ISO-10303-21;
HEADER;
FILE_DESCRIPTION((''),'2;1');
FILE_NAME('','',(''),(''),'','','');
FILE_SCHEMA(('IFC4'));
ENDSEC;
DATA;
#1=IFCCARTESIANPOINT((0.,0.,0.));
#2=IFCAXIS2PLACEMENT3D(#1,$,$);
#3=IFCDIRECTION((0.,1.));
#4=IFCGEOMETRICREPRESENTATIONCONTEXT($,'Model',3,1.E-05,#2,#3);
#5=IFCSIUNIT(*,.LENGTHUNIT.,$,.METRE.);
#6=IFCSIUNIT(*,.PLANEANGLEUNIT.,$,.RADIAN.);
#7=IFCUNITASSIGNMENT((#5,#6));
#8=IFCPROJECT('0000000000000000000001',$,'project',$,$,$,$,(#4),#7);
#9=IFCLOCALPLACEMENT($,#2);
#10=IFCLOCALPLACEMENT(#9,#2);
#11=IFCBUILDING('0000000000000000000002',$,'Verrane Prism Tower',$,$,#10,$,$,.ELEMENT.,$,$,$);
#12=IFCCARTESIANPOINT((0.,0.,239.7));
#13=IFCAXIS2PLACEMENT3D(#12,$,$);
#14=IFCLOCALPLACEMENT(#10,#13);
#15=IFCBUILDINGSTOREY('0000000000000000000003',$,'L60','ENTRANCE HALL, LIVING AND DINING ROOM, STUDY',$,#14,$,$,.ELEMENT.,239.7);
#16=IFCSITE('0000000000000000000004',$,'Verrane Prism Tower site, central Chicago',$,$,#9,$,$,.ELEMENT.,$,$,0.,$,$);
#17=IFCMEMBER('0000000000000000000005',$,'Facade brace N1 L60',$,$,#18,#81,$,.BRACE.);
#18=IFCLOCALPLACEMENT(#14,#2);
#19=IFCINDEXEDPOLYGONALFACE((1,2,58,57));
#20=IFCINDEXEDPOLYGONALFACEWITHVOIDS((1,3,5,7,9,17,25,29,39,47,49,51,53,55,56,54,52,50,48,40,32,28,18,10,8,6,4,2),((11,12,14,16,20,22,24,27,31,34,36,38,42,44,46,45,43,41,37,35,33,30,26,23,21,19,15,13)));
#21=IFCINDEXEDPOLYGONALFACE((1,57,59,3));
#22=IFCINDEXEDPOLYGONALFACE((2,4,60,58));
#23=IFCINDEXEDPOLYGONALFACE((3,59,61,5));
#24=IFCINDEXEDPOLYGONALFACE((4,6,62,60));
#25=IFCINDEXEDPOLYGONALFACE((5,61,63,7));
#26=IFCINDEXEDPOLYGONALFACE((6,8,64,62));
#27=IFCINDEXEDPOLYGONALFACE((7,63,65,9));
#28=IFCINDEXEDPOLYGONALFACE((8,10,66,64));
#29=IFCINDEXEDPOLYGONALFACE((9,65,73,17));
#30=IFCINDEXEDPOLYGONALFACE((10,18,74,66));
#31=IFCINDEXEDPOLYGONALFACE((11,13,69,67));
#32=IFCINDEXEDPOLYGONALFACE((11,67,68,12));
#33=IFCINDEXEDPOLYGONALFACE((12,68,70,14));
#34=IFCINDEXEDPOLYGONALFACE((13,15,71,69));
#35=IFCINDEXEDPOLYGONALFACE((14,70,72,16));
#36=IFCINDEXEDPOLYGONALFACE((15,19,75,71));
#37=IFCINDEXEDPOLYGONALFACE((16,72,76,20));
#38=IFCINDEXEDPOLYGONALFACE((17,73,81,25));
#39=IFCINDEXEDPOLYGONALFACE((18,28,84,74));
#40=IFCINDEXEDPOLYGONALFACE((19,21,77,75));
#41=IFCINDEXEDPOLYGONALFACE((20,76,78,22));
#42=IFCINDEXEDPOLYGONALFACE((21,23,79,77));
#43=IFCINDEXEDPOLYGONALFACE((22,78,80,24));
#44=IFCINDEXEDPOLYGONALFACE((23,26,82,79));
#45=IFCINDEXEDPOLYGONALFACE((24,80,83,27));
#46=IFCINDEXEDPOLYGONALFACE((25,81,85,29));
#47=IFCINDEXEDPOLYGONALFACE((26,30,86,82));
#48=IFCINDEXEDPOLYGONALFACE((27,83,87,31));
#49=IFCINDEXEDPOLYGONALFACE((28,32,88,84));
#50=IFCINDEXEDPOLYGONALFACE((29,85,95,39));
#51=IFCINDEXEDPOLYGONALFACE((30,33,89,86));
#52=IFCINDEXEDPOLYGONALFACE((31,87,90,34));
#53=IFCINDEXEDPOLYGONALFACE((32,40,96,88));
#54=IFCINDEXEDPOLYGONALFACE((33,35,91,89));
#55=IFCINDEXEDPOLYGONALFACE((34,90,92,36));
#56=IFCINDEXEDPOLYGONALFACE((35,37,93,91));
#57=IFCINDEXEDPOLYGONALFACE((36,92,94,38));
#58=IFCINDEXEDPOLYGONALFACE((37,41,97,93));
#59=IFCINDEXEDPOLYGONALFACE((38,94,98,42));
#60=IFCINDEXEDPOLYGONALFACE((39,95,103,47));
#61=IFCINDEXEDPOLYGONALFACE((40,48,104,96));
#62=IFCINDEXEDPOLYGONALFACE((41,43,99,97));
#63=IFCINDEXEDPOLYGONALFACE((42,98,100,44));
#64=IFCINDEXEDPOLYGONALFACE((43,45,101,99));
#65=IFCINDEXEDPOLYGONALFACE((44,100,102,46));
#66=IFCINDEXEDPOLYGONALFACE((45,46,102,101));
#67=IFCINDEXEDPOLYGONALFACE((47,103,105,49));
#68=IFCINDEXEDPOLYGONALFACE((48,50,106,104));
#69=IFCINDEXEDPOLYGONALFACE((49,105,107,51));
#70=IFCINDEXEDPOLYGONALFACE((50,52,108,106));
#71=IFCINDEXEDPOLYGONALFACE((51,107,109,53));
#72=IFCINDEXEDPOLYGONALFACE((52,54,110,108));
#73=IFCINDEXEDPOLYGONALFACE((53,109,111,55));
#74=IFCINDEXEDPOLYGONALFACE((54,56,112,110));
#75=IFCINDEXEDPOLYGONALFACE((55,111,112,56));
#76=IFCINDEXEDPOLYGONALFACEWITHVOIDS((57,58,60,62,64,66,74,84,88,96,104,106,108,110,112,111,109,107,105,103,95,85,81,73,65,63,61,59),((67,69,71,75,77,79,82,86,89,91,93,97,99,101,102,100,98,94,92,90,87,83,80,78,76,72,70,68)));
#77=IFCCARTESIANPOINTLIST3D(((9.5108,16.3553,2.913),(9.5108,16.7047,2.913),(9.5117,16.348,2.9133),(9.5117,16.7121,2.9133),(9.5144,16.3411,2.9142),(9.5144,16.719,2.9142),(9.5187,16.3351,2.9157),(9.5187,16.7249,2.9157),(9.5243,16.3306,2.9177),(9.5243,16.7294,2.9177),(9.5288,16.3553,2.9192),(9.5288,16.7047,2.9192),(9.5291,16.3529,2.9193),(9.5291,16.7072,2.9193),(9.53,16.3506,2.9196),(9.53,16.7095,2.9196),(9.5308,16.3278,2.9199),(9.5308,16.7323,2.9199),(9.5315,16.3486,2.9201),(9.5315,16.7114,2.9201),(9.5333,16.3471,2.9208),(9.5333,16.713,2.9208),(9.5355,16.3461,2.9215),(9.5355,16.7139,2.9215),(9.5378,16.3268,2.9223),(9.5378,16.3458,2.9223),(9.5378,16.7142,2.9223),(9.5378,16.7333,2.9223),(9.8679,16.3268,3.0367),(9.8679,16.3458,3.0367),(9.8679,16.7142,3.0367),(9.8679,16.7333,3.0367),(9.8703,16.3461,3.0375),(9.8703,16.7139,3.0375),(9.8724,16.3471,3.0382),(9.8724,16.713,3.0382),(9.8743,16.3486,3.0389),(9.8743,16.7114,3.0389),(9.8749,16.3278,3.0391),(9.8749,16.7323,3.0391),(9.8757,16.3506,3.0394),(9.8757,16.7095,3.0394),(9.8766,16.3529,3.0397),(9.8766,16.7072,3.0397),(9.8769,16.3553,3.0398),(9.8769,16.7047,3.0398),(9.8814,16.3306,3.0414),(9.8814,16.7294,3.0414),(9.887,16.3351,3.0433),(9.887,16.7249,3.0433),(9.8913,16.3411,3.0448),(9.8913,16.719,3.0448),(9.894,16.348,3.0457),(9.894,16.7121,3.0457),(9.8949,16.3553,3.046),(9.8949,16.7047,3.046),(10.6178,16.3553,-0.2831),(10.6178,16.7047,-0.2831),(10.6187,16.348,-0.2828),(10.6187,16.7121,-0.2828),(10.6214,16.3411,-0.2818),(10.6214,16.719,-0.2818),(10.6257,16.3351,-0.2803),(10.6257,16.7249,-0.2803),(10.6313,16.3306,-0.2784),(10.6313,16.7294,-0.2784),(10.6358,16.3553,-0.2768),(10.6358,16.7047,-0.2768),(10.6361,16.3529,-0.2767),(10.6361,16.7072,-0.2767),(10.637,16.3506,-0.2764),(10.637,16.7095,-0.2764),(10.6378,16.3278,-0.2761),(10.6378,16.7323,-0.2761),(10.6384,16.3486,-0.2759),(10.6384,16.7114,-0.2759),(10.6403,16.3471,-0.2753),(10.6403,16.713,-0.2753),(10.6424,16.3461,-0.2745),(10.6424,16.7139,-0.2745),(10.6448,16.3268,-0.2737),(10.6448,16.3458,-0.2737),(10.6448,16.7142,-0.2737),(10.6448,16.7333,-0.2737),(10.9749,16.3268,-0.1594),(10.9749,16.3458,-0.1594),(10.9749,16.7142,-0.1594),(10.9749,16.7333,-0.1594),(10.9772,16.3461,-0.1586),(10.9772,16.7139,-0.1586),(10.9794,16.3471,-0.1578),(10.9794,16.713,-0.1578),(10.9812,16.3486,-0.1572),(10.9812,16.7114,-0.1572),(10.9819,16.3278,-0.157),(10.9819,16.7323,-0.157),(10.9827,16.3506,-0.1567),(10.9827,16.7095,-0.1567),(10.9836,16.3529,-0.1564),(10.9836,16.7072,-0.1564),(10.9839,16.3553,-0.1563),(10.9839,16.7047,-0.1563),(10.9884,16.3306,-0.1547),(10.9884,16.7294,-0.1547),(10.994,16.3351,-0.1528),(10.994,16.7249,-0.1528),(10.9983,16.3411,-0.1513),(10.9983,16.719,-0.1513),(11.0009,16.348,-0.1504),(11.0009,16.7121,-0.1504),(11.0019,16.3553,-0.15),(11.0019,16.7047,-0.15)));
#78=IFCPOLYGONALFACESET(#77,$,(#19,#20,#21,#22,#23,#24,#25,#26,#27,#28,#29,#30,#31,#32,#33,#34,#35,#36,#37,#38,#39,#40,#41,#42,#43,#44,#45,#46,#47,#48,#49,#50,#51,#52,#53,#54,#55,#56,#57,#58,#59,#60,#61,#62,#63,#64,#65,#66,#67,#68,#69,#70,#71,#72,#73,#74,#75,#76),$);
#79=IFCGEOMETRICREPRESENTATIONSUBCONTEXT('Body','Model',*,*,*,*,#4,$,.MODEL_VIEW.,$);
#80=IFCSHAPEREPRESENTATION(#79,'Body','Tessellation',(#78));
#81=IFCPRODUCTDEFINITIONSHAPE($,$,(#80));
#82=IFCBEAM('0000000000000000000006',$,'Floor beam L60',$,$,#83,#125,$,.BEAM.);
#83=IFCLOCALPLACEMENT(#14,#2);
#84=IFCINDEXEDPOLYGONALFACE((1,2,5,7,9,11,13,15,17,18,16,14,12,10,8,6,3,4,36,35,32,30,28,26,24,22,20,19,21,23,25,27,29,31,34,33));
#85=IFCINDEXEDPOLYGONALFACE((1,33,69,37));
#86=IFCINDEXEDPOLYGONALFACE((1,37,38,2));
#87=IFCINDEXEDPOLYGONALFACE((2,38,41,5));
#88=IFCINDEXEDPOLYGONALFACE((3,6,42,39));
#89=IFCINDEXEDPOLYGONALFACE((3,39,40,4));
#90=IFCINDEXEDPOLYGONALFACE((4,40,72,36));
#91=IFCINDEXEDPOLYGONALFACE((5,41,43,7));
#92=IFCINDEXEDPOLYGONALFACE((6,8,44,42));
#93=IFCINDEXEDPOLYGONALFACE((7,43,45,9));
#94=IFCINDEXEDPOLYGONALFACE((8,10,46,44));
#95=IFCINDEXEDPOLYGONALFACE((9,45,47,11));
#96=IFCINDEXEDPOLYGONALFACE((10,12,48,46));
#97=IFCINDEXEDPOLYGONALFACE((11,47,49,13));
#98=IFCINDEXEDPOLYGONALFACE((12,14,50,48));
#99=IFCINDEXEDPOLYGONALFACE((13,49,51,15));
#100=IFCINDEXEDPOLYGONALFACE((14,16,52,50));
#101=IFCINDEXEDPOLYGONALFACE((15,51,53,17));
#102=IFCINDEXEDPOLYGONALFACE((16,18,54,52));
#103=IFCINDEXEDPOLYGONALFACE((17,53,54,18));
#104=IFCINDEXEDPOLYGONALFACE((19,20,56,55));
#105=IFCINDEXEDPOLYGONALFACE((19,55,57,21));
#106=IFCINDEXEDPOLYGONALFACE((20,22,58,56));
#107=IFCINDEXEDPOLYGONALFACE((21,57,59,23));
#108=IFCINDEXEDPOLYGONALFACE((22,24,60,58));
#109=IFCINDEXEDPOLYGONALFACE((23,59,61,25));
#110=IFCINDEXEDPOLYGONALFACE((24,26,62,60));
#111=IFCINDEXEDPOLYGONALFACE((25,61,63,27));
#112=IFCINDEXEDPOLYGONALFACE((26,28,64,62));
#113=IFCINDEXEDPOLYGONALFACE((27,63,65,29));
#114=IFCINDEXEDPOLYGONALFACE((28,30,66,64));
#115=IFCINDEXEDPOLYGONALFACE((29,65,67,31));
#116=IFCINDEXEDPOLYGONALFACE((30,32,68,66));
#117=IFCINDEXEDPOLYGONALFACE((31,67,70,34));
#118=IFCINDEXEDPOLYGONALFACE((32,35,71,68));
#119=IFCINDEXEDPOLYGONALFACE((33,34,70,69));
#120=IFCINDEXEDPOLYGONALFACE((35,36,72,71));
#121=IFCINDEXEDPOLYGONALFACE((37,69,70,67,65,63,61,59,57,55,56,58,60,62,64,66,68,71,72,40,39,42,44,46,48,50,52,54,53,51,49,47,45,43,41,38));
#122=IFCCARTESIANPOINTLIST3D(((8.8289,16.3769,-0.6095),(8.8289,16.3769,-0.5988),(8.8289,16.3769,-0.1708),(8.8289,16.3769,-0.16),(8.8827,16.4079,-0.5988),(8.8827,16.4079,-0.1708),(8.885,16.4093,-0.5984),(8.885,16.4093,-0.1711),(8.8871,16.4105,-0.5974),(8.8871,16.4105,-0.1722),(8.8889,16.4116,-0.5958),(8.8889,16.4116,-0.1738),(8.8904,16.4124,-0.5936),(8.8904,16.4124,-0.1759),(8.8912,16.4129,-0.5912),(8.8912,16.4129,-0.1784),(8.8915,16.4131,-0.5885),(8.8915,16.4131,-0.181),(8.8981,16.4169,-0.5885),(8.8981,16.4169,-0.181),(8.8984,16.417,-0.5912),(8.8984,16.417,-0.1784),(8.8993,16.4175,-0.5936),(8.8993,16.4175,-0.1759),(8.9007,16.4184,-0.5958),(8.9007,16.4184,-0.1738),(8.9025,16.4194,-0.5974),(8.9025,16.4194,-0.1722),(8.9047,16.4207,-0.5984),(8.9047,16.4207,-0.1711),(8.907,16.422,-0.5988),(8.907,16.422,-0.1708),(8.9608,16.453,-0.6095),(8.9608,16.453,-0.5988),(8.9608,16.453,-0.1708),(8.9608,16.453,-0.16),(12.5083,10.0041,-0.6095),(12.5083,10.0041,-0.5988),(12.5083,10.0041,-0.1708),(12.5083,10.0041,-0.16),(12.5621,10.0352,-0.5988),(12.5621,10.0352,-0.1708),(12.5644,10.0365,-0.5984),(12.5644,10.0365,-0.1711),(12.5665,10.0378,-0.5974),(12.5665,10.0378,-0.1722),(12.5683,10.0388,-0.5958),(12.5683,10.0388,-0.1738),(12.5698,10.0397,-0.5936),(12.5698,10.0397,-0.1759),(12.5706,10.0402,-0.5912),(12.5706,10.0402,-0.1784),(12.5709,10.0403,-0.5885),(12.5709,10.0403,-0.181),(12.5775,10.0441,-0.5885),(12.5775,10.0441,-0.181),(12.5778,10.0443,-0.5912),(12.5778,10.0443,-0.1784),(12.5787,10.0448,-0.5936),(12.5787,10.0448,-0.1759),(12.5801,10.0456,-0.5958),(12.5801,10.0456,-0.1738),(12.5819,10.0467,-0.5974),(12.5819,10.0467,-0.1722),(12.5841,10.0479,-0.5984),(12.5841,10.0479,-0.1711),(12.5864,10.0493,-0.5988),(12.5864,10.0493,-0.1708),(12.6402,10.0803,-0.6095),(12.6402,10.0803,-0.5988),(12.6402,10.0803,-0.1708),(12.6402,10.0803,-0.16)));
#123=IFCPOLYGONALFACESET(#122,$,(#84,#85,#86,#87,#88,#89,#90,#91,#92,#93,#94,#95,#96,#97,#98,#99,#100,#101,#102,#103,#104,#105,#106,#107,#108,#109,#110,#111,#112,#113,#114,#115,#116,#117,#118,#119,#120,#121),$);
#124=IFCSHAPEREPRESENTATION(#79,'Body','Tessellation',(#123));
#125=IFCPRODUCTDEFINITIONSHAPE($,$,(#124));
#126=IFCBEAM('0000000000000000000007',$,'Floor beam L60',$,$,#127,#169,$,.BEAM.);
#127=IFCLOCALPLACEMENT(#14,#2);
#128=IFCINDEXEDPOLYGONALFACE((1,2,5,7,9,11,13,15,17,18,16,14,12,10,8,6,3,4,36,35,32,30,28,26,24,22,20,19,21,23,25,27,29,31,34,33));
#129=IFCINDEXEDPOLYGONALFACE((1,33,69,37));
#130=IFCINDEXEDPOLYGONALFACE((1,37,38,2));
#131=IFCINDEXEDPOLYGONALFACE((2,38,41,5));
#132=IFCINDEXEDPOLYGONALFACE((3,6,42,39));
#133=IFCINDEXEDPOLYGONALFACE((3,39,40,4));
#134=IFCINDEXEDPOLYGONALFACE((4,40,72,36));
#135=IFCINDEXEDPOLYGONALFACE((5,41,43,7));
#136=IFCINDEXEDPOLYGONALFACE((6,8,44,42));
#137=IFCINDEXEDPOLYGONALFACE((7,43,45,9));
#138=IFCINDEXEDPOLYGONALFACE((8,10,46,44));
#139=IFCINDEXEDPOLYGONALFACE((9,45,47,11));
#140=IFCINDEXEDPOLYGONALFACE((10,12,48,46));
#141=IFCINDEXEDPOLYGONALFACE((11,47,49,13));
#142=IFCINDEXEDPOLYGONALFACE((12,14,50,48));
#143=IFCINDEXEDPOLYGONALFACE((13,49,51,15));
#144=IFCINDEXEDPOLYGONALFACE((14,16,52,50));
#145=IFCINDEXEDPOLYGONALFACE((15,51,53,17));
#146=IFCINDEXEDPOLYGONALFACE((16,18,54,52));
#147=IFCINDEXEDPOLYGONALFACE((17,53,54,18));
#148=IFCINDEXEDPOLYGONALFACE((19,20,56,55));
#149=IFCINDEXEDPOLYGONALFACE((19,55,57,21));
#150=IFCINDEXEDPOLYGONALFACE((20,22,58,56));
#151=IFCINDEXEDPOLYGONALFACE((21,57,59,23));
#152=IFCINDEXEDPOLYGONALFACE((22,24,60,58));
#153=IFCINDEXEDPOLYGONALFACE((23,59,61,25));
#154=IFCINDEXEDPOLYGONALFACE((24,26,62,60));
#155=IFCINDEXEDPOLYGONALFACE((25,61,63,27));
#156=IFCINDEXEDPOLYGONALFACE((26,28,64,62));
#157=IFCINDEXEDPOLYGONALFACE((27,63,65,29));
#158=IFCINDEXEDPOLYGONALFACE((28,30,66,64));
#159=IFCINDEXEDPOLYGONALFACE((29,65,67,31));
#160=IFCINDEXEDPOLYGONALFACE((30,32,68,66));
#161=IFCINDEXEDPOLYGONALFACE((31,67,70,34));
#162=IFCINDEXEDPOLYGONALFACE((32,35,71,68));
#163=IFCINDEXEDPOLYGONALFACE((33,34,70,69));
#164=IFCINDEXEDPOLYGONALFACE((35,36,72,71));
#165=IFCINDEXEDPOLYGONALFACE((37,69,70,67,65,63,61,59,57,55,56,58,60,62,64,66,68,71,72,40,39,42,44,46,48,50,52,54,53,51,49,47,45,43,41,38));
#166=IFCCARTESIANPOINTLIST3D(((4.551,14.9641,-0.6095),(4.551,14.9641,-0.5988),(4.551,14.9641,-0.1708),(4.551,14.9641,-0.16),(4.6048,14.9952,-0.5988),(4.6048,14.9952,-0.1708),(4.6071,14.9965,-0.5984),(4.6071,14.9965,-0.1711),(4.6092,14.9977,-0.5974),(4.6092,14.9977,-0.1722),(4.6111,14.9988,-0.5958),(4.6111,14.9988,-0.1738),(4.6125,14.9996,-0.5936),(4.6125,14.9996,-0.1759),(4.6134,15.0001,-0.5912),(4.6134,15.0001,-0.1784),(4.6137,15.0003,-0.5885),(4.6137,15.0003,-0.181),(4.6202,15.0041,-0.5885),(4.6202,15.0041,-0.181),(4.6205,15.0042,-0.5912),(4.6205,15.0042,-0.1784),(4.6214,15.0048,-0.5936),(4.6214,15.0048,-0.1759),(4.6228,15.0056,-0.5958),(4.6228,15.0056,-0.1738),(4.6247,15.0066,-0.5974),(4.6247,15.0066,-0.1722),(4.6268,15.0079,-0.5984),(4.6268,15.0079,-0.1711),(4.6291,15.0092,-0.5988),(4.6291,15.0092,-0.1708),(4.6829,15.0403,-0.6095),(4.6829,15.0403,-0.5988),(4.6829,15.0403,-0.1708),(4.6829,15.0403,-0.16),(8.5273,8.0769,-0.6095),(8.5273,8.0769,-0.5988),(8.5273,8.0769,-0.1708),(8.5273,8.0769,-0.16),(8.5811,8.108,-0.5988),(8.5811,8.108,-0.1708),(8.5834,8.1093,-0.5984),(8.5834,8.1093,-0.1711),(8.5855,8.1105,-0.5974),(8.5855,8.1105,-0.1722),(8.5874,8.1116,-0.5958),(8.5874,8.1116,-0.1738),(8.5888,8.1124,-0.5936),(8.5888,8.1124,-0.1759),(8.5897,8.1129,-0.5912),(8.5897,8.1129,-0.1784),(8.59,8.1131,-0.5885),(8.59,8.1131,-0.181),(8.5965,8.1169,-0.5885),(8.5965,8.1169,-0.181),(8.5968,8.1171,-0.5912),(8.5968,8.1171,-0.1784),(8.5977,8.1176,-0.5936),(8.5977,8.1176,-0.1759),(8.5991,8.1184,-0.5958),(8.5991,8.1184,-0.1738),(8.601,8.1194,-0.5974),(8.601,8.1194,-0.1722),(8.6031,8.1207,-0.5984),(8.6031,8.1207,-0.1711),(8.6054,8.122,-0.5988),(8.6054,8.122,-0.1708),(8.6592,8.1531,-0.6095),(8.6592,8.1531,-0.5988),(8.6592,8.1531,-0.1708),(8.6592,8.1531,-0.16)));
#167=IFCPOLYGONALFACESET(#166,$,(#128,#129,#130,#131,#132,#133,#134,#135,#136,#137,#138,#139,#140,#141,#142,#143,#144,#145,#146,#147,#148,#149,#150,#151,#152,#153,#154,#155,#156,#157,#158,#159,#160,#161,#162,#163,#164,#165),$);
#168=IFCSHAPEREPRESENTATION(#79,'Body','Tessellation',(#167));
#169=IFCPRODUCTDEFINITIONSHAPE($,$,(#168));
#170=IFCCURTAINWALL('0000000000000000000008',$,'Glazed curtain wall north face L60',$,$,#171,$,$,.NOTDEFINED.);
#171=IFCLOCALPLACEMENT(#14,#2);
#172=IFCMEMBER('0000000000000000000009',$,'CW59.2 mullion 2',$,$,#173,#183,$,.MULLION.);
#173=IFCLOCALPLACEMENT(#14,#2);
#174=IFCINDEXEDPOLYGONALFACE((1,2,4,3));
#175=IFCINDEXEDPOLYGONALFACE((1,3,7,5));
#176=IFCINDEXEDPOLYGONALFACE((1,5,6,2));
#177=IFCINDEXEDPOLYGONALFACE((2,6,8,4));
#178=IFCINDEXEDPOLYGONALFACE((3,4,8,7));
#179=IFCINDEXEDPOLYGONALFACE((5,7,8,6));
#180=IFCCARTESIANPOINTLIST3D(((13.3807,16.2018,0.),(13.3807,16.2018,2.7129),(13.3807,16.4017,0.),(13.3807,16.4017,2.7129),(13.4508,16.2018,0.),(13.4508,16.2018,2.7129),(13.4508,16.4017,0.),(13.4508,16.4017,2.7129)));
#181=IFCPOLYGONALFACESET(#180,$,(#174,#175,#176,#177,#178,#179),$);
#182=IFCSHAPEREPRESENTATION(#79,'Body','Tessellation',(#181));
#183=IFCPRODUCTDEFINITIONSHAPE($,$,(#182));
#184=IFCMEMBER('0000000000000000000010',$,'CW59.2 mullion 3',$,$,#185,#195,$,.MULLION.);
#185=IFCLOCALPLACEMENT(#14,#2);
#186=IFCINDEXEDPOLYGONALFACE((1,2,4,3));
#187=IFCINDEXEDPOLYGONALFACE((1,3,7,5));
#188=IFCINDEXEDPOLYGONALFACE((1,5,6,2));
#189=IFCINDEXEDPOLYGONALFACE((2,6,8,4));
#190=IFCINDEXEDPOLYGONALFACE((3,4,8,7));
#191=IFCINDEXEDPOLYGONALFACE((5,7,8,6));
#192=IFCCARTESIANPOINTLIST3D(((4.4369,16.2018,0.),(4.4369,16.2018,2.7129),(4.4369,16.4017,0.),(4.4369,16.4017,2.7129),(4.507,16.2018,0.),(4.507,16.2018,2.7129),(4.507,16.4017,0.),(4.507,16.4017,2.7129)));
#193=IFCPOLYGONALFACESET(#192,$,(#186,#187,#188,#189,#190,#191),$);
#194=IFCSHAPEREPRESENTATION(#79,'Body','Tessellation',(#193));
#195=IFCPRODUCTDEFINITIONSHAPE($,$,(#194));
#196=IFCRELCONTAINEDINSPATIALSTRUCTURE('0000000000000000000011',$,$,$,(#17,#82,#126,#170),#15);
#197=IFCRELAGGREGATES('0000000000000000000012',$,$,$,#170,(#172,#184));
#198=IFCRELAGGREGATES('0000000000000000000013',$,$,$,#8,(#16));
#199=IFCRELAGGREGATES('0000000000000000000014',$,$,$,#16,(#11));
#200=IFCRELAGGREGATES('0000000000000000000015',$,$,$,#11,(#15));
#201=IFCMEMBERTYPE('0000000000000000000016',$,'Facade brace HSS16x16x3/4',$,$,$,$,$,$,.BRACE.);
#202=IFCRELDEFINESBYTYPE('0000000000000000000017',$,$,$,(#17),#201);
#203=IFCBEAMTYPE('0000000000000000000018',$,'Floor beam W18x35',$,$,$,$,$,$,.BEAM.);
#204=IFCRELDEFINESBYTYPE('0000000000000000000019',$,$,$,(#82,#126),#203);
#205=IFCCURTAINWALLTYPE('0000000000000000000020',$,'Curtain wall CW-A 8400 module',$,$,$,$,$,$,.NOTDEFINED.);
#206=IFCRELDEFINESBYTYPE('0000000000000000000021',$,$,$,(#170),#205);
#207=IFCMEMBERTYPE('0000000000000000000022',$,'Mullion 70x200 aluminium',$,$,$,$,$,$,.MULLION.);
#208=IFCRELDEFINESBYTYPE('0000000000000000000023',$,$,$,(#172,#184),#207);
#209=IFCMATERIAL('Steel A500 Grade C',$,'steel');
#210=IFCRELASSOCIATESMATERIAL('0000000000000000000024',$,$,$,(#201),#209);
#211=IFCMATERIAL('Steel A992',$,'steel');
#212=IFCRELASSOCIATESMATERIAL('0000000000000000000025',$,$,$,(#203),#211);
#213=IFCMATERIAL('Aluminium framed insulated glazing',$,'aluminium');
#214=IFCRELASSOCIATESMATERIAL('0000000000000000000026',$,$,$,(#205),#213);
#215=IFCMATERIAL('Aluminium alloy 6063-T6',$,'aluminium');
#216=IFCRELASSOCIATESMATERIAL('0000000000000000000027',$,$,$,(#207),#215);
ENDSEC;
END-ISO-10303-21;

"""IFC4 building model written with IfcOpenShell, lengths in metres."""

from ifc_helpers import new_model, si_unit, direction, frame, origin, origin_2d, place, context, subcontext, project, spatial, rectangle, hollow_rectangle, i_section, extrude, material, material_profile, profile_set, type_object, element, aggregate, save


model = new_model("IFC4")

# Units and contexts
model_context = context("Model", 3, precision=1e-05, world=origin(), true_north=direction((0.0, 1.0)))
body_context = subcontext(model_context, "Body", "Model", "MODEL_VIEW")
ifc_project = project(units=[si_unit("LENGTHUNIT", "METRE"), si_unit("PLANEANGLEUNIT", "RADIAN")], contexts=[model_context])

# Site, building, storey
site_placement = place(None, origin())
site = spatial("IfcSite", under=ifc_project, at=site_placement, Name="Verrane Prism Tower site, central Chicago", CompositionType="ELEMENT", RefElevation=0.0)
building_placement = place(site_placement, origin())
building = spatial("IfcBuilding", under=site, at=building_placement, Name="Verrane Prism Tower", CompositionType="ELEMENT")
storey_placement = place(building_placement, frame((0.0, 0.0, 239.7)))
storey = spatial("IfcBuildingStorey", under=building, at=storey_placement, Name="L60", Description="ENTRANCE HALL, LIVING AND DINING ROOM, STUDY", CompositionType="ELEMENT", Elevation=239.7)

# Member
ifc_material_1 = material(Name="Steel A500 Grade C", Category="steel")
ifc_material_profile_1 = material_profile(ifc_material_1, hollow_rectangle(XDim=0.4065, YDim=0.4065, WallThickness=0.019, InnerFilletRadius=0.0095, OuterFilletRadius=0.0286, at=origin_2d()), Name="HSS16x16x3/4")
ifc_profile_set_1 = profile_set([ifc_material_profile_1], Name="Steel A500 Grade C")
member_type_1 = type_object("IfcMemberType", Name="Facade brace HSS16x16x3/4", PredefinedType="BRACE", material=ifc_profile_set_1)
member_1_placement = place(storey_placement, frame((10.8098, 16.53, -0.2166), z_axis=(-0.327272, 0.0, 0.94493), x_axis=(0.0, -1.0, 0.0)))
element("IfcMember", 1, at=member_1_placement, inside=storey, type_object=member_type_1, Name="Facade brace N1 L60", PredefinedType="BRACE", context=body_context, shape_type="SweptSolid", body=[
    extrude(hollow_rectangle(XDim=0.4065, YDim=0.4065, WallThickness=0.019, InnerFilletRadius=0.0095, OuterFilletRadius=0.0286, at=origin_2d()), origin(), (0.0, 0.0, 1.0), 3.3823),
])

# Beams
ifc_material_2 = material(Name="Steel A992", Category="steel")
ifc_material_profile_2 = material_profile(ifc_material_2, i_section(OverallWidth=0.1523, OverallDepth=0.4495, WebThickness=0.0076, FlangeThickness=0.0107, FilletRadius=0.0103, at=origin_2d()), Name="W18x35")
ifc_profile_set_2 = profile_set([ifc_material_profile_2], Name="Steel A992")
beam_type_1 = type_object("IfcBeamType", Name="Floor beam W18x35", PredefinedType="BEAM", material=ifc_profile_set_2)
beam_1_placement = place(storey_placement, frame((12.5742, 10.0422, -0.3848), z_axis=(-0.500011, 0.866019, 0.0), x_axis=(-0.866019, -0.500011, 0.0)))
element("IfcBeam", 2, at=beam_1_placement, inside=storey, type_object=beam_type_1, Name="Floor beam L60", PredefinedType="BEAM", context=body_context, shape_type="SweptSolid", body=[
    extrude(i_section(OverallWidth=0.1523, OverallDepth=0.4495, WebThickness=0.0076, FlangeThickness=0.0107, FilletRadius=0.0103, at=origin_2d()), origin(), (0.0, 0.0, 1.0), 7.3586),
])
beam_2_placement = place(storey_placement, frame((8.5933, 8.115, -0.3848), z_axis=(-0.499999, 0.866026, 0.0), x_axis=(-0.866026, -0.499999, 0.0)))
element("IfcBeam", 3, at=beam_2_placement, inside=storey, type_object=beam_type_1, Name="Floor beam L60", PredefinedType="BEAM", context=body_context, shape_type="SweptSolid", body=[
    extrude(i_section(OverallWidth=0.1523, OverallDepth=0.4495, WebThickness=0.0076, FlangeThickness=0.0107, FilletRadius=0.0103, at=origin_2d()), origin(), (0.0, 0.0, 1.0), 7.9526),
])

# Curtain wall, members
ifc_material_3 = material(Name="Aluminium framed insulated glazing", Category="aluminium")
curtain_wall_type = type_object("IfcCurtainWallType", Name="Curtain wall CW-A 8400 module", PredefinedType="NOTDEFINED", material=ifc_material_3)
curtain_wall_placement = place(storey_placement, origin())
curtain_wall = element("IfcCurtainWall", 4, at=curtain_wall_placement, inside=storey, type_object=curtain_wall_type, Name="Glazed curtain wall north face L60", PredefinedType="NOTDEFINED")
ifc_material_4 = material(Name="Aluminium alloy 6063-T6", Category="aluminium")
ifc_material_profile_3 = material_profile(ifc_material_4, rectangle(XDim=0.2, YDim=0.0701, at=origin_2d()), Name="Mullion 70x200 aluminium")
ifc_profile_set_3 = profile_set([ifc_material_profile_3], Name="Aluminium alloy 6063-T6")
member_type_2 = type_object("IfcMemberType", Name="Mullion 70x200 aluminium", PredefinedType="MULLION", material=ifc_profile_set_3)
member_2_placement = place(storey_placement, frame((13.4158, 16.3018, 0.0), z_axis=(0.0, 0.0, 1.0), x_axis=(0.0, -1.0, 0.0)))
member_2 = element("IfcMember", 5, at=member_2_placement, type_object=member_type_2, Name="CW59.2 mullion 2", PredefinedType="MULLION", context=body_context, shape_type="SweptSolid", body=[
    extrude(rectangle(XDim=0.2, YDim=0.0701, at=origin_2d()), origin(), (0.0, 0.0, 1.0), 2.7129),
])
member_3_placement = place(storey_placement, frame((4.4719, 16.3018, 0.0), z_axis=(0.0, 0.0, 1.0), x_axis=(0.0, -1.0, 0.0)))
member_3 = element("IfcMember", 6, at=member_3_placement, type_object=member_type_2, Name="CW59.2 mullion 3", PredefinedType="MULLION", context=body_context, shape_type="SweptSolid", body=[
    extrude(rectangle(XDim=0.2, YDim=0.0701, at=origin_2d()), origin(), (0.0, 0.0, 1.0), 2.7129),
])

aggregate(curtain_wall, [member_2, member_3])

save(model, "model.ifc")
